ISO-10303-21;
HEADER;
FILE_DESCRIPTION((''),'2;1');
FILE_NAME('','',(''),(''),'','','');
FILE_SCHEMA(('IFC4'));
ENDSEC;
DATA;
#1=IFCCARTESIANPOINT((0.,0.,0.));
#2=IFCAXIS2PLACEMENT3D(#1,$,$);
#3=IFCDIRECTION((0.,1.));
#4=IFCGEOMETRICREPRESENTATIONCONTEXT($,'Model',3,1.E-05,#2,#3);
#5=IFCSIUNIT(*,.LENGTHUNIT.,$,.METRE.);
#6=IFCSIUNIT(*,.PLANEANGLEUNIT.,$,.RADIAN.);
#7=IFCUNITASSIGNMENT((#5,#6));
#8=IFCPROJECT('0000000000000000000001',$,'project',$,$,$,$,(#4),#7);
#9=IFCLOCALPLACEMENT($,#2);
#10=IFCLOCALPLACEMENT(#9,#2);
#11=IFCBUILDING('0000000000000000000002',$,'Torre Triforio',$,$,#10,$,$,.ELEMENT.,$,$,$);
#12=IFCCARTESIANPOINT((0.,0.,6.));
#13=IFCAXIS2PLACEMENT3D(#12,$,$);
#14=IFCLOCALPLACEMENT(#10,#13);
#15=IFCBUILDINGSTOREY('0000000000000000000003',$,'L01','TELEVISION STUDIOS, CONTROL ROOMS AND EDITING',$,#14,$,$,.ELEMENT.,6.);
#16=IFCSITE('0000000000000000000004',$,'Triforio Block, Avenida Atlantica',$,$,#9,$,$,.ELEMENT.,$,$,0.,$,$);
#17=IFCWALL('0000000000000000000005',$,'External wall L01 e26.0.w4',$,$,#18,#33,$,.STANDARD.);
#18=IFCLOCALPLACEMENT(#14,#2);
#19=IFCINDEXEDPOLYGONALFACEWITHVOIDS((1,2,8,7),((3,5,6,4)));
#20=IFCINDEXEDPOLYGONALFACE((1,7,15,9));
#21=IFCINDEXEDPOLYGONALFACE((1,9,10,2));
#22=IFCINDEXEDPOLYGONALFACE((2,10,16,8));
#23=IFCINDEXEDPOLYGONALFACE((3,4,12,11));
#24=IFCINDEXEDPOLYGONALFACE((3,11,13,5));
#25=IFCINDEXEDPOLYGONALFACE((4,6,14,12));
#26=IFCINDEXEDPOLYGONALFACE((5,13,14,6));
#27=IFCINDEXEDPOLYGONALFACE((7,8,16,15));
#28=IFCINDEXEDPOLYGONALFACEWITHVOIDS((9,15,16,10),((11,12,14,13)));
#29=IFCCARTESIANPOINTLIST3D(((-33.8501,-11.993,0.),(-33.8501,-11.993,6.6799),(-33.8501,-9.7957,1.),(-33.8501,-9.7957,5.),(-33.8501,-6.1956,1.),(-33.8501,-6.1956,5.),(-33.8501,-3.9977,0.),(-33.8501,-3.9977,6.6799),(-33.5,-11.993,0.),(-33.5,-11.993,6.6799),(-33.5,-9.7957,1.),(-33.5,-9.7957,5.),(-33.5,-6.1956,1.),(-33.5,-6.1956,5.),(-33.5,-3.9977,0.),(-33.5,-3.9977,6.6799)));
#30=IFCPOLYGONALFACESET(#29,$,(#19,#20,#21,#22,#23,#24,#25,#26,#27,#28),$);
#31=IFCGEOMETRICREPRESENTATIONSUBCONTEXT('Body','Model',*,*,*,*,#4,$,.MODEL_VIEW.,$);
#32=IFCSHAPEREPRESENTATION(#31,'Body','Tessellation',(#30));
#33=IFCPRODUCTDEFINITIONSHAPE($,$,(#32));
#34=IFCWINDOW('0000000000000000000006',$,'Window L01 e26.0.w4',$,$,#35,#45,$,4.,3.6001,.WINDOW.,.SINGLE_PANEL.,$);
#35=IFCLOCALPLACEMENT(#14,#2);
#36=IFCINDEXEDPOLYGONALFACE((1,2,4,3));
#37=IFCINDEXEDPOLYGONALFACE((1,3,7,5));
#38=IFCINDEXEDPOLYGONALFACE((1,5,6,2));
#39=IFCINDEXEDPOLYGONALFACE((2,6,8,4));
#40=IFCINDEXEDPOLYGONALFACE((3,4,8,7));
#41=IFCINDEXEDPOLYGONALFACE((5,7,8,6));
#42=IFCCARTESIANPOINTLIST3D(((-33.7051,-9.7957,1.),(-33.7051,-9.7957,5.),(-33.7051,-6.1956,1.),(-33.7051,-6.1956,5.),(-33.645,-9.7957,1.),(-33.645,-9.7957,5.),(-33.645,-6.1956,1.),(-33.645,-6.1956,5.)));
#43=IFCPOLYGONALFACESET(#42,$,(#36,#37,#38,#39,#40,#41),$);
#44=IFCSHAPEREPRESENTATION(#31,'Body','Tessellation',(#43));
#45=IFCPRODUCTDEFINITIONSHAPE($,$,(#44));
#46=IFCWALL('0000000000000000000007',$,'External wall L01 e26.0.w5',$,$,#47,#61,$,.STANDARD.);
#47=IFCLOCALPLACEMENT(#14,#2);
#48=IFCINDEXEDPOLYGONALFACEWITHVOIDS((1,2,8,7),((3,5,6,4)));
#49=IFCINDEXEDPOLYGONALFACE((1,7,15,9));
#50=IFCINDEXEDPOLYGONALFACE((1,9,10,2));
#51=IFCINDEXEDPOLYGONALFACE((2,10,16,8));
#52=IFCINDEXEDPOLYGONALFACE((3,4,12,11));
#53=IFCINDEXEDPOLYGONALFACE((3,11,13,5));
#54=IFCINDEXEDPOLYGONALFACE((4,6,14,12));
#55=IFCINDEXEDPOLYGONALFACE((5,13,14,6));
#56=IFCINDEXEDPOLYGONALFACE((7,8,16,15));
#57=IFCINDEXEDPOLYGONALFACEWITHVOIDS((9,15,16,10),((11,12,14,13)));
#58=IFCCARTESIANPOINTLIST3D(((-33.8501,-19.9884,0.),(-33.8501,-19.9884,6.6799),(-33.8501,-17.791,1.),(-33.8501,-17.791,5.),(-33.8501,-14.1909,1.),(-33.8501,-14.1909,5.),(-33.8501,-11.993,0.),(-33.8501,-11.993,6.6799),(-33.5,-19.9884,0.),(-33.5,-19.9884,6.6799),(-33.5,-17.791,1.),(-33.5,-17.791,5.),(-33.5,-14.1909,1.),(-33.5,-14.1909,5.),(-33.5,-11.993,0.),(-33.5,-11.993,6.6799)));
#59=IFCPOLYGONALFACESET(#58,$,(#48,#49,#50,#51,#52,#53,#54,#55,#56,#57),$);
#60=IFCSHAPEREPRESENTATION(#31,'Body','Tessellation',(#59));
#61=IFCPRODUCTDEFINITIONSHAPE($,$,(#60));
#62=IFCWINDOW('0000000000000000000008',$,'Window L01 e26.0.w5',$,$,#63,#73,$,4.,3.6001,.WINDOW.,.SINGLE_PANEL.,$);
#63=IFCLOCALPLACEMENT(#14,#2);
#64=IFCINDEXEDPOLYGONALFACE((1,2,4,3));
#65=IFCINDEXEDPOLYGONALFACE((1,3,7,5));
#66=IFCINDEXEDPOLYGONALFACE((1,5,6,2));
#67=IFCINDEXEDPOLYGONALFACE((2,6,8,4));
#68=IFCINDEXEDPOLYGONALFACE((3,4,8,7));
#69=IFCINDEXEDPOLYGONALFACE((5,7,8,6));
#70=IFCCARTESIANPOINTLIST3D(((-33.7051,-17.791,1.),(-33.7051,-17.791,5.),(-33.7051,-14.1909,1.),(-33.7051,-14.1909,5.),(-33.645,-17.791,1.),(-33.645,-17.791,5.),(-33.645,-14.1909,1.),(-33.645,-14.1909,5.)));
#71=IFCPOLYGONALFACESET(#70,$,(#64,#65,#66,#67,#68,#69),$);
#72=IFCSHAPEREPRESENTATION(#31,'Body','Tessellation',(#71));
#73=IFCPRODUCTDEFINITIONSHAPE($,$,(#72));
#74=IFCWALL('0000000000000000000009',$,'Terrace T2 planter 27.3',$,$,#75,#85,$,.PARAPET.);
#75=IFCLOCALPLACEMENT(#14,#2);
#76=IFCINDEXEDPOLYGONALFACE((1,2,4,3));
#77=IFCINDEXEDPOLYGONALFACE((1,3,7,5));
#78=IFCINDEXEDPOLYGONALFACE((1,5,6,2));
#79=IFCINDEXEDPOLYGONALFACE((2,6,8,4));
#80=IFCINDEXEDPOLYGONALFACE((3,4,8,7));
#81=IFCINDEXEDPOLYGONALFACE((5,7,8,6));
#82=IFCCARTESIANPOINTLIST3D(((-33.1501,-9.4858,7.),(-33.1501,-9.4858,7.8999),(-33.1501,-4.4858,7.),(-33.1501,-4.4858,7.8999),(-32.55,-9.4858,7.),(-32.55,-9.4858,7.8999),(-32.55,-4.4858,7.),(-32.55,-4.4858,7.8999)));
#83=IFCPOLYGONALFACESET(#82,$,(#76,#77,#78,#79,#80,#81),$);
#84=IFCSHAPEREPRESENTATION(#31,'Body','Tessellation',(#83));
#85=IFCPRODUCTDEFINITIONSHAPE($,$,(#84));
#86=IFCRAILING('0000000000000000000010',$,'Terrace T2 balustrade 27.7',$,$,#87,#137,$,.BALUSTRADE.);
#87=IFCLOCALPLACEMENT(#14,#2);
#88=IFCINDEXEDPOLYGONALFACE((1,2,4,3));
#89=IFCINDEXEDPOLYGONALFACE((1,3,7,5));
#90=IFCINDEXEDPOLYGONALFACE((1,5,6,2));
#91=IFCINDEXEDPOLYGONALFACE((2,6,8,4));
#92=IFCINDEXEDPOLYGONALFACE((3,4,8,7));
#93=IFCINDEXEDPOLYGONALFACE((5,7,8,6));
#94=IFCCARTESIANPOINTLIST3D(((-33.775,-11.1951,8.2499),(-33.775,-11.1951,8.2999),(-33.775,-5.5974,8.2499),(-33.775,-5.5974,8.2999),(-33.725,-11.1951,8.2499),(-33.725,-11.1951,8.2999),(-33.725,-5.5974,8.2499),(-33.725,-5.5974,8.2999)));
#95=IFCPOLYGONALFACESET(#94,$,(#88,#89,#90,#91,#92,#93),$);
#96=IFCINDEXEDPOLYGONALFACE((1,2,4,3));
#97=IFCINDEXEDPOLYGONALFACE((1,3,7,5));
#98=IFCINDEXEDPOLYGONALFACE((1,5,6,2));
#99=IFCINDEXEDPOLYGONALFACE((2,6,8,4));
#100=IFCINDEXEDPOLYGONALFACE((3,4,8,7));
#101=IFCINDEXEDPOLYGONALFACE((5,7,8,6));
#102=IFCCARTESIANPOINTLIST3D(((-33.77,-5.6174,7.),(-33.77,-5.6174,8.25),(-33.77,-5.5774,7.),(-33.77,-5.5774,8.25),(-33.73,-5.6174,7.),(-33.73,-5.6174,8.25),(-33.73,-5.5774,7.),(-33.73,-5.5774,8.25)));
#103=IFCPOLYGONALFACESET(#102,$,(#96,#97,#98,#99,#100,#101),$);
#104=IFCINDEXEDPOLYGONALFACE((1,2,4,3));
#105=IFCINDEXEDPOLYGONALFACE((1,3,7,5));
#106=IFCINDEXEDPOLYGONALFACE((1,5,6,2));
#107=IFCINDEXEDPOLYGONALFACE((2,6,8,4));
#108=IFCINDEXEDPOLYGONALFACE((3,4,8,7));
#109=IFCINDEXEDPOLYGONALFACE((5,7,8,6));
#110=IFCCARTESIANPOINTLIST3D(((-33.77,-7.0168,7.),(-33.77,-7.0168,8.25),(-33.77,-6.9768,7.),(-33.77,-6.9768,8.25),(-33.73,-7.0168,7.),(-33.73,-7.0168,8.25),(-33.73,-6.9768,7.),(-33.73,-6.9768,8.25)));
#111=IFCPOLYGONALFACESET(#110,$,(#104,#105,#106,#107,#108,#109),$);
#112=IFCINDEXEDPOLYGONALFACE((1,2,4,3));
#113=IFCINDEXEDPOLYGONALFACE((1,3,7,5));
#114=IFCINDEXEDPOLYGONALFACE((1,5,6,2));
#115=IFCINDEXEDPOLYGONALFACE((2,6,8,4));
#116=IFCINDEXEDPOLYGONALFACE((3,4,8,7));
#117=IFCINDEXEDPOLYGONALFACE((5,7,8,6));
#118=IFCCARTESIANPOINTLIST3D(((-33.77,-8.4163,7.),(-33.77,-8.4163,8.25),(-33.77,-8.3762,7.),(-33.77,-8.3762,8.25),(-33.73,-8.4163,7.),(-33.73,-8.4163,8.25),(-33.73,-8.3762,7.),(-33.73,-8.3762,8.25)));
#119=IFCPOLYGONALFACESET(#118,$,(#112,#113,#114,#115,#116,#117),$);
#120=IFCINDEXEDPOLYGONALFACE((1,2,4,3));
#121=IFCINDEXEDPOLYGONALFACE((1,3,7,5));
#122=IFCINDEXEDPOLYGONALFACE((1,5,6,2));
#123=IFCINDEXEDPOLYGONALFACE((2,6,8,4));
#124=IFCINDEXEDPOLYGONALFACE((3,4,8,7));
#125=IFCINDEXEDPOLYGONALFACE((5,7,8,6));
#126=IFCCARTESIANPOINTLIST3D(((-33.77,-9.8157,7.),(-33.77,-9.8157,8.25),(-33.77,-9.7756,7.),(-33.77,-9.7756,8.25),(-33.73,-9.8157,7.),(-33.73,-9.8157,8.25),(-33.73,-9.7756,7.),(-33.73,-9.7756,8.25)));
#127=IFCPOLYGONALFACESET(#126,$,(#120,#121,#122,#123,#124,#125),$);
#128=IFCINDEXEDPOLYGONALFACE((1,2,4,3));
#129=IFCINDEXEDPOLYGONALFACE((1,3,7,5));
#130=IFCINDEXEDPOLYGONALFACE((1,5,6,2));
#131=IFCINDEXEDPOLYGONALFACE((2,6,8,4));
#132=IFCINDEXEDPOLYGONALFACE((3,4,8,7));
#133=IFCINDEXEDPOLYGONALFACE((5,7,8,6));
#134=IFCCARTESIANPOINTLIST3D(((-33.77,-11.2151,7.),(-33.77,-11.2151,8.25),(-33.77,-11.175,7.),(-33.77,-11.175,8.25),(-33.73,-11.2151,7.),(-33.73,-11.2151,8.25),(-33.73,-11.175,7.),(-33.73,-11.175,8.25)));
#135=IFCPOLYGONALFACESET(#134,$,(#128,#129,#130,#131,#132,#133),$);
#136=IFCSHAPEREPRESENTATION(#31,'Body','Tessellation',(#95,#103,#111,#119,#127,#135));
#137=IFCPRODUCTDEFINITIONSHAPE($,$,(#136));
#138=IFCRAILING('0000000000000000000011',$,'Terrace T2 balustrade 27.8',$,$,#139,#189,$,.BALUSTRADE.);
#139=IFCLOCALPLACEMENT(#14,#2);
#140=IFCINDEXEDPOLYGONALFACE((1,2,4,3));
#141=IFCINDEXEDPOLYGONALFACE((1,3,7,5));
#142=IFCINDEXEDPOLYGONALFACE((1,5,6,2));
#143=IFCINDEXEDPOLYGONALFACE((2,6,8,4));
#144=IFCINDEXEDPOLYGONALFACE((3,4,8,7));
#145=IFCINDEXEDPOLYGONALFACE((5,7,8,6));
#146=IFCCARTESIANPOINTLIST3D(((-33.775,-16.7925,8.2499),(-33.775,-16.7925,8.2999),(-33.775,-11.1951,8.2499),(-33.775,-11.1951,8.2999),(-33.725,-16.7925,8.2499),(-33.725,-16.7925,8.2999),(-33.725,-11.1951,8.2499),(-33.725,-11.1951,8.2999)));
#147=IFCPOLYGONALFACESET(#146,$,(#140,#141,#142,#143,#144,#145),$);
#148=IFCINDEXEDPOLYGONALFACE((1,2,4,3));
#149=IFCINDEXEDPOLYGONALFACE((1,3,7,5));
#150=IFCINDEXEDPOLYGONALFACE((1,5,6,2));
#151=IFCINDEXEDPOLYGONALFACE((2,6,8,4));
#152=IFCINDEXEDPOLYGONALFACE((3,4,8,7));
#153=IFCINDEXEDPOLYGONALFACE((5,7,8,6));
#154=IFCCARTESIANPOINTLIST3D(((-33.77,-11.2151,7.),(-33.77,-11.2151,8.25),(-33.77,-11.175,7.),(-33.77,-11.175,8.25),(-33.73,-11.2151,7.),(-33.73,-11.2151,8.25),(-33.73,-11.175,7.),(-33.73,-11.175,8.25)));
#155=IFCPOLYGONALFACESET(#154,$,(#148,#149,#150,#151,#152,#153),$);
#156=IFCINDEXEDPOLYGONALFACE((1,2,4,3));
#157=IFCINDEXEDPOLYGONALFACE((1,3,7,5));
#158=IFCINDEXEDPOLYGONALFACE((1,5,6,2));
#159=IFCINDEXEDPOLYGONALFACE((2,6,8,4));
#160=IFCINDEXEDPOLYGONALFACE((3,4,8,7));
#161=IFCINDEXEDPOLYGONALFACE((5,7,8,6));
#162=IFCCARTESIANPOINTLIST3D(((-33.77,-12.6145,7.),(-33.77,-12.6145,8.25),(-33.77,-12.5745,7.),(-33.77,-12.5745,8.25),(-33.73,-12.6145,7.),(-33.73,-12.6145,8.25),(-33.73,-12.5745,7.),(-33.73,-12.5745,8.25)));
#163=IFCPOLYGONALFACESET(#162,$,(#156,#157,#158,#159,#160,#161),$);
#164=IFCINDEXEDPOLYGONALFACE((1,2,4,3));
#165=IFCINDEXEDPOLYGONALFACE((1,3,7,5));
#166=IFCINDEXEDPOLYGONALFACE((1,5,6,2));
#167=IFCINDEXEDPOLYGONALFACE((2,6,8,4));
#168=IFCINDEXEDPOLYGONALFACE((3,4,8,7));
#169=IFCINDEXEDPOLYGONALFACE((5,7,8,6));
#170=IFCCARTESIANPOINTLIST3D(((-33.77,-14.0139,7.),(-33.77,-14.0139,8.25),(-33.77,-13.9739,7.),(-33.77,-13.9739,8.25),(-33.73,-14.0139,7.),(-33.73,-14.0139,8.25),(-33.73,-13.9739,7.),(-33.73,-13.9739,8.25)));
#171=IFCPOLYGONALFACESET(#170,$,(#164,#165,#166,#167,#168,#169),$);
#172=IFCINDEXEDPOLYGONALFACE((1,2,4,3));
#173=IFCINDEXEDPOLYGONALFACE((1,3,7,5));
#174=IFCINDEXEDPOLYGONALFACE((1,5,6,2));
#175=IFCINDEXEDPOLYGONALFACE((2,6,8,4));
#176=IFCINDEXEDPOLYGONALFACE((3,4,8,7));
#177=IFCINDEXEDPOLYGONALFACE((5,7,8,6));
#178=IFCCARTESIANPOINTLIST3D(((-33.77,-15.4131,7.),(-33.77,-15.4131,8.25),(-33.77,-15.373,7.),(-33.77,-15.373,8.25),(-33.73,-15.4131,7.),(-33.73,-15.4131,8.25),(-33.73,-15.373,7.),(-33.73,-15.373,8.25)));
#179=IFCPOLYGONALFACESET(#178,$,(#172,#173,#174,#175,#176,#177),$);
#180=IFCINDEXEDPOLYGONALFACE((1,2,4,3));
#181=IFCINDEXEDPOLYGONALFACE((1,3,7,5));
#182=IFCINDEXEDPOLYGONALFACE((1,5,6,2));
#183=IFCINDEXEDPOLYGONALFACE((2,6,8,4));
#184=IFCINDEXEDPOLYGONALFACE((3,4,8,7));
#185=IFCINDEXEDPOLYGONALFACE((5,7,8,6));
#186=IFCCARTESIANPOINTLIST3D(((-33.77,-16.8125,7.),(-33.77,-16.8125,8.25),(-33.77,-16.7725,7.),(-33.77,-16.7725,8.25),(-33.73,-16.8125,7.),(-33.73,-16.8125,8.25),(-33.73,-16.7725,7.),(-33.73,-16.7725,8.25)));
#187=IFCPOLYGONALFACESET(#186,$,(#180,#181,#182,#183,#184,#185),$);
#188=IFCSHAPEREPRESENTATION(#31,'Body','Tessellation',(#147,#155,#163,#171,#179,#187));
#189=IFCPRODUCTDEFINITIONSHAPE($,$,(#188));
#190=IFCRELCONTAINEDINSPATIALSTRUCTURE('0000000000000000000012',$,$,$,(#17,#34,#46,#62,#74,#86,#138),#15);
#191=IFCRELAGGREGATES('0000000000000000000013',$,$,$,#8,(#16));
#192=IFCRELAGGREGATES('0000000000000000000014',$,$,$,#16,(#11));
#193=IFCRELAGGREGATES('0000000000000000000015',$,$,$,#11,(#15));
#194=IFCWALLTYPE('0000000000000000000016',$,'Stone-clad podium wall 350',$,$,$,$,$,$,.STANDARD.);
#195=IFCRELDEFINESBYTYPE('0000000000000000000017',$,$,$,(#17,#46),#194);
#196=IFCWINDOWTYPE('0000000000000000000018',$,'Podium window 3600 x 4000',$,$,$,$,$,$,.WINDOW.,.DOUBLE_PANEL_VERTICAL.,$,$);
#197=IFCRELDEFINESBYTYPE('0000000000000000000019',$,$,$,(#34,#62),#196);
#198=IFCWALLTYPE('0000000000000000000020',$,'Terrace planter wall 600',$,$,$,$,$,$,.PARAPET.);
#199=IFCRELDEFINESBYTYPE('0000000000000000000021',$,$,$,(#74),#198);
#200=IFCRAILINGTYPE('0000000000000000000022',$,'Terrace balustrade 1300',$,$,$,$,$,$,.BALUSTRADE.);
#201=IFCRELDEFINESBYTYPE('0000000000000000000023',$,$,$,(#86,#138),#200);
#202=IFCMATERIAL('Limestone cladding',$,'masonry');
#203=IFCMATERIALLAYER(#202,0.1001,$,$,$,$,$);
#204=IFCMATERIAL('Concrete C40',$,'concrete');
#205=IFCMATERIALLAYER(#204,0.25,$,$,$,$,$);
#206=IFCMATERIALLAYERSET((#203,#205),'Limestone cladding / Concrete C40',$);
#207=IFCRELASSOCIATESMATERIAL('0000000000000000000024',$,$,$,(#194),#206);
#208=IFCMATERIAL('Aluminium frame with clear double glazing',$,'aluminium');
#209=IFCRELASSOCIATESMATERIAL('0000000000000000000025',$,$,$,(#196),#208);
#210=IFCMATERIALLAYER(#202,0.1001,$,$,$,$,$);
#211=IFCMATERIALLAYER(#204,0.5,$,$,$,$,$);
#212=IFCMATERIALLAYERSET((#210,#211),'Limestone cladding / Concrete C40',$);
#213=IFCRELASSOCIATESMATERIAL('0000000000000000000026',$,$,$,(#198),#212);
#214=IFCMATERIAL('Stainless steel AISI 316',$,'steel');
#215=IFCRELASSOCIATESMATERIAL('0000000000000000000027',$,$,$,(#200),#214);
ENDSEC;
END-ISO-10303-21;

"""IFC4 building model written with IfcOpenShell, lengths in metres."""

from ifc_helpers import new_model, si_unit, direction, frame, frame_2d, origin, origin_2d, place, context, subcontext, project, spatial, rectangle, extrude, material, layer, layer_set, type_object, element, fill, save


model = new_model("IFC4")

# Units and contexts
model_context = context("Model", 3, precision=1e-05, world=origin(), true_north=direction((0.0, 1.0)))
body_context = subcontext(model_context, "Body", "Model", "MODEL_VIEW")
ifc_project = project(units=[si_unit("LENGTHUNIT", "METRE"), si_unit("PLANEANGLEUNIT", "RADIAN")], contexts=[model_context])

# Site, building, storey
site_placement = place(None, origin())
site = spatial("IfcSite", under=ifc_project, at=site_placement, Name="Triforio Block, Avenida Atlantica", CompositionType="ELEMENT", RefElevation=0.0)
building_placement = place(site_placement, origin())
building = spatial("IfcBuilding", under=site, at=building_placement, Name="Torre Triforio", CompositionType="ELEMENT")
storey_placement = place(building_placement, frame((0.0, 0.0, 6.0)))
storey = spatial("IfcBuildingStorey", under=building, at=storey_placement, Name="L01", Description="TELEVISION STUDIOS, CONTROL ROOMS AND EDITING", CompositionType="ELEMENT", Elevation=6.0)

# Walls, openings, windows
ifc_material_1 = material(Name="Limestone cladding", Category="masonry")
ifc_layer_1 = layer(ifc_material_1, 0.1001)
ifc_material_2 = material(Name="Concrete C40", Category="concrete")
ifc_layer_2 = layer(ifc_material_2, 0.25)
ifc_layer_set_1 = layer_set([ifc_layer_1, ifc_layer_2], Name="Limestone cladding / Concrete C40")
wall_type_1 = type_object("IfcWallType", Name="Stone-clad podium wall 350", PredefinedType="STANDARD", material=ifc_layer_set_1)
wall_1_placement = place(storey_placement, frame((-33.675, -3.9978, 0.0), z_axis=(0.0, 0.0, 1.0), x_axis=(0.0, -1.0, 0.0)))
wall_1 = element("IfcWall", 1, at=wall_1_placement, inside=storey, type_object=wall_type_1, Name="External wall L01 e26.0.w4", PredefinedType="STANDARD", context=body_context, shape_type="SweptSolid", body=[
    extrude(rectangle(XDim=7.9954, YDim=0.3501, at=frame_2d((3.9976, 0.0))), origin(), (0.0, 0.0, 1.0), 6.6799),
])
opening_1_placement = place(wall_1_placement, frame((2.1978, 0.0, 1.0)))
opening_1 = element("IfcOpeningElement", 2, at=opening_1_placement, cuts=wall_1, PredefinedType="OPENING", context=body_context, shape_type="SweptSolid", body=[
    extrude(rectangle(XDim=3.6001, YDim=4.0, at=frame_2d((1.8, 2.0))), frame((0.0, 0.1851, 0.0), z_axis=(0.0, -1.0, 0.0), x_axis=(1.0, 0.0, 0.0)), (0.0, 0.0, 1.0), 0.3701),
])
ifc_material_3 = material(Name="Aluminium frame with clear double glazing", Category="aluminium")
window_type = type_object("IfcWindowType", Name="Podium window 3600 x 4000", PartitioningType="DOUBLE_PANEL_VERTICAL", PredefinedType="WINDOW", material=ifc_material_3)
window_1_placement = place(opening_1_placement, origin())
window_1 = element("IfcWindow", 3, at=window_1_placement, inside=storey, type_object=window_type, Name="Window L01 e26.0.w4", OverallHeight=4.0, OverallWidth=3.6001, PartitioningType="SINGLE_PANEL", PredefinedType="WINDOW", context=body_context, shape_type="SweptSolid", body=[
    extrude(rectangle(XDim=3.6001, YDim=4.0, at=frame_2d((1.8, 2.0))), frame((0.0, 0.03, 0.0), z_axis=(0.0, -1.0, 0.0), x_axis=(1.0, 0.0, 0.0)), (0.0, 0.0, 1.0), 0.0601),
])
fill(opening_1, window_1)
wall_2_placement = place(storey_placement, frame((-33.675, -11.9932, 0.0), z_axis=(0.0, 0.0, 1.0), x_axis=(0.0, -1.0, 0.0)))
wall_2 = element("IfcWall", 4, at=wall_2_placement, inside=storey, type_object=wall_type_1, Name="External wall L01 e26.0.w5", PredefinedType="STANDARD", context=body_context, shape_type="SweptSolid", body=[
    extrude(rectangle(XDim=7.9954, YDim=0.3501, at=frame_2d((3.9976, 0.0))), origin(), (0.0, 0.0, 1.0), 6.6799),
])
opening_2_placement = place(wall_2_placement, frame((2.1978, 0.0, 1.0)))
opening_2 = element("IfcOpeningElement", 5, at=opening_2_placement, cuts=wall_2, PredefinedType="OPENING", context=body_context, shape_type="SweptSolid", body=[
    extrude(rectangle(XDim=3.6001, YDim=4.0, at=frame_2d((1.8, 2.0))), frame((0.0, 0.1851, 0.0), z_axis=(0.0, -1.0, 0.0), x_axis=(1.0, 0.0, 0.0)), (0.0, 0.0, 1.0), 0.3701),
])
window_2_placement = place(opening_2_placement, origin())
window_2 = element("IfcWindow", 6, at=window_2_placement, inside=storey, type_object=window_type, Name="Window L01 e26.0.w5", OverallHeight=4.0, OverallWidth=3.6001, PartitioningType="SINGLE_PANEL", PredefinedType="WINDOW", context=body_context, shape_type="SweptSolid", body=[
    extrude(rectangle(XDim=3.6001, YDim=4.0, at=frame_2d((1.8, 2.0))), frame((0.0, 0.03, 0.0), z_axis=(0.0, -1.0, 0.0), x_axis=(1.0, 0.0, 0.0)), (0.0, 0.0, 1.0), 0.0601),
])
fill(opening_2, window_2)

# Wall
ifc_layer_3 = layer(ifc_material_1, 0.1001)
ifc_layer_4 = layer(ifc_material_2, 0.5)
ifc_layer_set_2 = layer_set([ifc_layer_3, ifc_layer_4], Name="Limestone cladding / Concrete C40")
wall_type_2 = type_object("IfcWallType", Name="Terrace planter wall 600", PredefinedType="PARAPET", material=ifc_layer_set_2)
wall_3_placement = place(storey_placement, frame((-32.8501, -4.4858, 7.0), z_axis=(0.0, 0.0, 1.0), x_axis=(0.0, -1.0, 0.0)))
element("IfcWall", 7, at=wall_3_placement, inside=storey, type_object=wall_type_2, Name="Terrace T2 planter 27.3", PredefinedType="PARAPET", context=body_context, shape_type="SweptSolid", body=[
    extrude(rectangle(XDim=5.0, YDim=0.6001, at=frame_2d((2.5, 0.0))), origin(), (0.0, 0.0, 1.0), 0.8999),
])

# Railings
ifc_material_4 = material(Name="Stainless steel AISI 316", Category="steel")
railing_type = type_object("IfcRailingType", Name="Terrace balustrade 1300", PredefinedType="BALUSTRADE", material=ifc_material_4)
railing_1_placement = place(storey_placement, frame((-33.75, -5.5974, 7.0)))
element("IfcRailing", 8, at=railing_1_placement, inside=storey, type_object=railing_type, Name="Terrace T2 balustrade 27.7", PredefinedType="BALUSTRADE", context=body_context, shape_type="SweptSolid", body=[
    extrude(rectangle(XDim=0.05, YDim=0.05, at=origin_2d()), frame((0.0, 0.0, 1.2749), z_axis=(0.0, -1.0, 0.0), x_axis=(1.0, 0.0, 0.0)), (0.0, 0.0, 1.0), 5.5977),
    extrude(rectangle(XDim=0.04, YDim=0.04, at=origin_2d()), origin(), (0.0, 0.0, 1.0), 1.25),
    extrude(rectangle(XDim=0.04, YDim=0.04, at=origin_2d()), frame((0.0, -1.3994, 0.0)), (0.0, 0.0, 1.0), 1.25),
    extrude(rectangle(XDim=0.04, YDim=0.04, at=origin_2d()), frame((0.0, -2.7988, 0.0)), (0.0, 0.0, 1.0), 1.25),
    extrude(rectangle(XDim=0.04, YDim=0.04, at=origin_2d()), frame((0.0, -4.1982, 0.0)), (0.0, 0.0, 1.0), 1.25),
    extrude(rectangle(XDim=0.04, YDim=0.04, at=origin_2d()), frame((0.0, -5.5977, 0.0)), (0.0, 0.0, 1.0), 1.25),
])
railing_2_placement = place(storey_placement, frame((-33.75, -11.1951, 7.0)))
element("IfcRailing", 9, at=railing_2_placement, inside=storey, type_object=railing_type, Name="Terrace T2 balustrade 27.8", PredefinedType="BALUSTRADE", context=body_context, shape_type="SweptSolid", body=[
    extrude(rectangle(XDim=0.05, YDim=0.05, at=origin_2d()), frame((0.0, 0.0, 1.2749), z_axis=(0.0, -1.0, 0.0), x_axis=(1.0, 0.0, 0.0)), (0.0, 0.0, 1.0), 5.5974),
    extrude(rectangle(XDim=0.04, YDim=0.04, at=origin_2d()), origin(), (0.0, 0.0, 1.0), 1.25),
    extrude(rectangle(XDim=0.04, YDim=0.04, at=origin_2d()), frame((0.0, -1.3994, 0.0)), (0.0, 0.0, 1.0), 1.25),
    extrude(rectangle(XDim=0.04, YDim=0.04, at=origin_2d()), frame((0.0, -2.7988, 0.0)), (0.0, 0.0, 1.0), 1.25),
    extrude(rectangle(XDim=0.04, YDim=0.04, at=origin_2d()), frame((0.0, -4.198, 0.0)), (0.0, 0.0, 1.0), 1.25),
    extrude(rectangle(XDim=0.04, YDim=0.04, at=origin_2d()), frame((0.0, -5.5974, 0.0)), (0.0, 0.0, 1.0), 1.25),
])

save(model, "model.ifc")
